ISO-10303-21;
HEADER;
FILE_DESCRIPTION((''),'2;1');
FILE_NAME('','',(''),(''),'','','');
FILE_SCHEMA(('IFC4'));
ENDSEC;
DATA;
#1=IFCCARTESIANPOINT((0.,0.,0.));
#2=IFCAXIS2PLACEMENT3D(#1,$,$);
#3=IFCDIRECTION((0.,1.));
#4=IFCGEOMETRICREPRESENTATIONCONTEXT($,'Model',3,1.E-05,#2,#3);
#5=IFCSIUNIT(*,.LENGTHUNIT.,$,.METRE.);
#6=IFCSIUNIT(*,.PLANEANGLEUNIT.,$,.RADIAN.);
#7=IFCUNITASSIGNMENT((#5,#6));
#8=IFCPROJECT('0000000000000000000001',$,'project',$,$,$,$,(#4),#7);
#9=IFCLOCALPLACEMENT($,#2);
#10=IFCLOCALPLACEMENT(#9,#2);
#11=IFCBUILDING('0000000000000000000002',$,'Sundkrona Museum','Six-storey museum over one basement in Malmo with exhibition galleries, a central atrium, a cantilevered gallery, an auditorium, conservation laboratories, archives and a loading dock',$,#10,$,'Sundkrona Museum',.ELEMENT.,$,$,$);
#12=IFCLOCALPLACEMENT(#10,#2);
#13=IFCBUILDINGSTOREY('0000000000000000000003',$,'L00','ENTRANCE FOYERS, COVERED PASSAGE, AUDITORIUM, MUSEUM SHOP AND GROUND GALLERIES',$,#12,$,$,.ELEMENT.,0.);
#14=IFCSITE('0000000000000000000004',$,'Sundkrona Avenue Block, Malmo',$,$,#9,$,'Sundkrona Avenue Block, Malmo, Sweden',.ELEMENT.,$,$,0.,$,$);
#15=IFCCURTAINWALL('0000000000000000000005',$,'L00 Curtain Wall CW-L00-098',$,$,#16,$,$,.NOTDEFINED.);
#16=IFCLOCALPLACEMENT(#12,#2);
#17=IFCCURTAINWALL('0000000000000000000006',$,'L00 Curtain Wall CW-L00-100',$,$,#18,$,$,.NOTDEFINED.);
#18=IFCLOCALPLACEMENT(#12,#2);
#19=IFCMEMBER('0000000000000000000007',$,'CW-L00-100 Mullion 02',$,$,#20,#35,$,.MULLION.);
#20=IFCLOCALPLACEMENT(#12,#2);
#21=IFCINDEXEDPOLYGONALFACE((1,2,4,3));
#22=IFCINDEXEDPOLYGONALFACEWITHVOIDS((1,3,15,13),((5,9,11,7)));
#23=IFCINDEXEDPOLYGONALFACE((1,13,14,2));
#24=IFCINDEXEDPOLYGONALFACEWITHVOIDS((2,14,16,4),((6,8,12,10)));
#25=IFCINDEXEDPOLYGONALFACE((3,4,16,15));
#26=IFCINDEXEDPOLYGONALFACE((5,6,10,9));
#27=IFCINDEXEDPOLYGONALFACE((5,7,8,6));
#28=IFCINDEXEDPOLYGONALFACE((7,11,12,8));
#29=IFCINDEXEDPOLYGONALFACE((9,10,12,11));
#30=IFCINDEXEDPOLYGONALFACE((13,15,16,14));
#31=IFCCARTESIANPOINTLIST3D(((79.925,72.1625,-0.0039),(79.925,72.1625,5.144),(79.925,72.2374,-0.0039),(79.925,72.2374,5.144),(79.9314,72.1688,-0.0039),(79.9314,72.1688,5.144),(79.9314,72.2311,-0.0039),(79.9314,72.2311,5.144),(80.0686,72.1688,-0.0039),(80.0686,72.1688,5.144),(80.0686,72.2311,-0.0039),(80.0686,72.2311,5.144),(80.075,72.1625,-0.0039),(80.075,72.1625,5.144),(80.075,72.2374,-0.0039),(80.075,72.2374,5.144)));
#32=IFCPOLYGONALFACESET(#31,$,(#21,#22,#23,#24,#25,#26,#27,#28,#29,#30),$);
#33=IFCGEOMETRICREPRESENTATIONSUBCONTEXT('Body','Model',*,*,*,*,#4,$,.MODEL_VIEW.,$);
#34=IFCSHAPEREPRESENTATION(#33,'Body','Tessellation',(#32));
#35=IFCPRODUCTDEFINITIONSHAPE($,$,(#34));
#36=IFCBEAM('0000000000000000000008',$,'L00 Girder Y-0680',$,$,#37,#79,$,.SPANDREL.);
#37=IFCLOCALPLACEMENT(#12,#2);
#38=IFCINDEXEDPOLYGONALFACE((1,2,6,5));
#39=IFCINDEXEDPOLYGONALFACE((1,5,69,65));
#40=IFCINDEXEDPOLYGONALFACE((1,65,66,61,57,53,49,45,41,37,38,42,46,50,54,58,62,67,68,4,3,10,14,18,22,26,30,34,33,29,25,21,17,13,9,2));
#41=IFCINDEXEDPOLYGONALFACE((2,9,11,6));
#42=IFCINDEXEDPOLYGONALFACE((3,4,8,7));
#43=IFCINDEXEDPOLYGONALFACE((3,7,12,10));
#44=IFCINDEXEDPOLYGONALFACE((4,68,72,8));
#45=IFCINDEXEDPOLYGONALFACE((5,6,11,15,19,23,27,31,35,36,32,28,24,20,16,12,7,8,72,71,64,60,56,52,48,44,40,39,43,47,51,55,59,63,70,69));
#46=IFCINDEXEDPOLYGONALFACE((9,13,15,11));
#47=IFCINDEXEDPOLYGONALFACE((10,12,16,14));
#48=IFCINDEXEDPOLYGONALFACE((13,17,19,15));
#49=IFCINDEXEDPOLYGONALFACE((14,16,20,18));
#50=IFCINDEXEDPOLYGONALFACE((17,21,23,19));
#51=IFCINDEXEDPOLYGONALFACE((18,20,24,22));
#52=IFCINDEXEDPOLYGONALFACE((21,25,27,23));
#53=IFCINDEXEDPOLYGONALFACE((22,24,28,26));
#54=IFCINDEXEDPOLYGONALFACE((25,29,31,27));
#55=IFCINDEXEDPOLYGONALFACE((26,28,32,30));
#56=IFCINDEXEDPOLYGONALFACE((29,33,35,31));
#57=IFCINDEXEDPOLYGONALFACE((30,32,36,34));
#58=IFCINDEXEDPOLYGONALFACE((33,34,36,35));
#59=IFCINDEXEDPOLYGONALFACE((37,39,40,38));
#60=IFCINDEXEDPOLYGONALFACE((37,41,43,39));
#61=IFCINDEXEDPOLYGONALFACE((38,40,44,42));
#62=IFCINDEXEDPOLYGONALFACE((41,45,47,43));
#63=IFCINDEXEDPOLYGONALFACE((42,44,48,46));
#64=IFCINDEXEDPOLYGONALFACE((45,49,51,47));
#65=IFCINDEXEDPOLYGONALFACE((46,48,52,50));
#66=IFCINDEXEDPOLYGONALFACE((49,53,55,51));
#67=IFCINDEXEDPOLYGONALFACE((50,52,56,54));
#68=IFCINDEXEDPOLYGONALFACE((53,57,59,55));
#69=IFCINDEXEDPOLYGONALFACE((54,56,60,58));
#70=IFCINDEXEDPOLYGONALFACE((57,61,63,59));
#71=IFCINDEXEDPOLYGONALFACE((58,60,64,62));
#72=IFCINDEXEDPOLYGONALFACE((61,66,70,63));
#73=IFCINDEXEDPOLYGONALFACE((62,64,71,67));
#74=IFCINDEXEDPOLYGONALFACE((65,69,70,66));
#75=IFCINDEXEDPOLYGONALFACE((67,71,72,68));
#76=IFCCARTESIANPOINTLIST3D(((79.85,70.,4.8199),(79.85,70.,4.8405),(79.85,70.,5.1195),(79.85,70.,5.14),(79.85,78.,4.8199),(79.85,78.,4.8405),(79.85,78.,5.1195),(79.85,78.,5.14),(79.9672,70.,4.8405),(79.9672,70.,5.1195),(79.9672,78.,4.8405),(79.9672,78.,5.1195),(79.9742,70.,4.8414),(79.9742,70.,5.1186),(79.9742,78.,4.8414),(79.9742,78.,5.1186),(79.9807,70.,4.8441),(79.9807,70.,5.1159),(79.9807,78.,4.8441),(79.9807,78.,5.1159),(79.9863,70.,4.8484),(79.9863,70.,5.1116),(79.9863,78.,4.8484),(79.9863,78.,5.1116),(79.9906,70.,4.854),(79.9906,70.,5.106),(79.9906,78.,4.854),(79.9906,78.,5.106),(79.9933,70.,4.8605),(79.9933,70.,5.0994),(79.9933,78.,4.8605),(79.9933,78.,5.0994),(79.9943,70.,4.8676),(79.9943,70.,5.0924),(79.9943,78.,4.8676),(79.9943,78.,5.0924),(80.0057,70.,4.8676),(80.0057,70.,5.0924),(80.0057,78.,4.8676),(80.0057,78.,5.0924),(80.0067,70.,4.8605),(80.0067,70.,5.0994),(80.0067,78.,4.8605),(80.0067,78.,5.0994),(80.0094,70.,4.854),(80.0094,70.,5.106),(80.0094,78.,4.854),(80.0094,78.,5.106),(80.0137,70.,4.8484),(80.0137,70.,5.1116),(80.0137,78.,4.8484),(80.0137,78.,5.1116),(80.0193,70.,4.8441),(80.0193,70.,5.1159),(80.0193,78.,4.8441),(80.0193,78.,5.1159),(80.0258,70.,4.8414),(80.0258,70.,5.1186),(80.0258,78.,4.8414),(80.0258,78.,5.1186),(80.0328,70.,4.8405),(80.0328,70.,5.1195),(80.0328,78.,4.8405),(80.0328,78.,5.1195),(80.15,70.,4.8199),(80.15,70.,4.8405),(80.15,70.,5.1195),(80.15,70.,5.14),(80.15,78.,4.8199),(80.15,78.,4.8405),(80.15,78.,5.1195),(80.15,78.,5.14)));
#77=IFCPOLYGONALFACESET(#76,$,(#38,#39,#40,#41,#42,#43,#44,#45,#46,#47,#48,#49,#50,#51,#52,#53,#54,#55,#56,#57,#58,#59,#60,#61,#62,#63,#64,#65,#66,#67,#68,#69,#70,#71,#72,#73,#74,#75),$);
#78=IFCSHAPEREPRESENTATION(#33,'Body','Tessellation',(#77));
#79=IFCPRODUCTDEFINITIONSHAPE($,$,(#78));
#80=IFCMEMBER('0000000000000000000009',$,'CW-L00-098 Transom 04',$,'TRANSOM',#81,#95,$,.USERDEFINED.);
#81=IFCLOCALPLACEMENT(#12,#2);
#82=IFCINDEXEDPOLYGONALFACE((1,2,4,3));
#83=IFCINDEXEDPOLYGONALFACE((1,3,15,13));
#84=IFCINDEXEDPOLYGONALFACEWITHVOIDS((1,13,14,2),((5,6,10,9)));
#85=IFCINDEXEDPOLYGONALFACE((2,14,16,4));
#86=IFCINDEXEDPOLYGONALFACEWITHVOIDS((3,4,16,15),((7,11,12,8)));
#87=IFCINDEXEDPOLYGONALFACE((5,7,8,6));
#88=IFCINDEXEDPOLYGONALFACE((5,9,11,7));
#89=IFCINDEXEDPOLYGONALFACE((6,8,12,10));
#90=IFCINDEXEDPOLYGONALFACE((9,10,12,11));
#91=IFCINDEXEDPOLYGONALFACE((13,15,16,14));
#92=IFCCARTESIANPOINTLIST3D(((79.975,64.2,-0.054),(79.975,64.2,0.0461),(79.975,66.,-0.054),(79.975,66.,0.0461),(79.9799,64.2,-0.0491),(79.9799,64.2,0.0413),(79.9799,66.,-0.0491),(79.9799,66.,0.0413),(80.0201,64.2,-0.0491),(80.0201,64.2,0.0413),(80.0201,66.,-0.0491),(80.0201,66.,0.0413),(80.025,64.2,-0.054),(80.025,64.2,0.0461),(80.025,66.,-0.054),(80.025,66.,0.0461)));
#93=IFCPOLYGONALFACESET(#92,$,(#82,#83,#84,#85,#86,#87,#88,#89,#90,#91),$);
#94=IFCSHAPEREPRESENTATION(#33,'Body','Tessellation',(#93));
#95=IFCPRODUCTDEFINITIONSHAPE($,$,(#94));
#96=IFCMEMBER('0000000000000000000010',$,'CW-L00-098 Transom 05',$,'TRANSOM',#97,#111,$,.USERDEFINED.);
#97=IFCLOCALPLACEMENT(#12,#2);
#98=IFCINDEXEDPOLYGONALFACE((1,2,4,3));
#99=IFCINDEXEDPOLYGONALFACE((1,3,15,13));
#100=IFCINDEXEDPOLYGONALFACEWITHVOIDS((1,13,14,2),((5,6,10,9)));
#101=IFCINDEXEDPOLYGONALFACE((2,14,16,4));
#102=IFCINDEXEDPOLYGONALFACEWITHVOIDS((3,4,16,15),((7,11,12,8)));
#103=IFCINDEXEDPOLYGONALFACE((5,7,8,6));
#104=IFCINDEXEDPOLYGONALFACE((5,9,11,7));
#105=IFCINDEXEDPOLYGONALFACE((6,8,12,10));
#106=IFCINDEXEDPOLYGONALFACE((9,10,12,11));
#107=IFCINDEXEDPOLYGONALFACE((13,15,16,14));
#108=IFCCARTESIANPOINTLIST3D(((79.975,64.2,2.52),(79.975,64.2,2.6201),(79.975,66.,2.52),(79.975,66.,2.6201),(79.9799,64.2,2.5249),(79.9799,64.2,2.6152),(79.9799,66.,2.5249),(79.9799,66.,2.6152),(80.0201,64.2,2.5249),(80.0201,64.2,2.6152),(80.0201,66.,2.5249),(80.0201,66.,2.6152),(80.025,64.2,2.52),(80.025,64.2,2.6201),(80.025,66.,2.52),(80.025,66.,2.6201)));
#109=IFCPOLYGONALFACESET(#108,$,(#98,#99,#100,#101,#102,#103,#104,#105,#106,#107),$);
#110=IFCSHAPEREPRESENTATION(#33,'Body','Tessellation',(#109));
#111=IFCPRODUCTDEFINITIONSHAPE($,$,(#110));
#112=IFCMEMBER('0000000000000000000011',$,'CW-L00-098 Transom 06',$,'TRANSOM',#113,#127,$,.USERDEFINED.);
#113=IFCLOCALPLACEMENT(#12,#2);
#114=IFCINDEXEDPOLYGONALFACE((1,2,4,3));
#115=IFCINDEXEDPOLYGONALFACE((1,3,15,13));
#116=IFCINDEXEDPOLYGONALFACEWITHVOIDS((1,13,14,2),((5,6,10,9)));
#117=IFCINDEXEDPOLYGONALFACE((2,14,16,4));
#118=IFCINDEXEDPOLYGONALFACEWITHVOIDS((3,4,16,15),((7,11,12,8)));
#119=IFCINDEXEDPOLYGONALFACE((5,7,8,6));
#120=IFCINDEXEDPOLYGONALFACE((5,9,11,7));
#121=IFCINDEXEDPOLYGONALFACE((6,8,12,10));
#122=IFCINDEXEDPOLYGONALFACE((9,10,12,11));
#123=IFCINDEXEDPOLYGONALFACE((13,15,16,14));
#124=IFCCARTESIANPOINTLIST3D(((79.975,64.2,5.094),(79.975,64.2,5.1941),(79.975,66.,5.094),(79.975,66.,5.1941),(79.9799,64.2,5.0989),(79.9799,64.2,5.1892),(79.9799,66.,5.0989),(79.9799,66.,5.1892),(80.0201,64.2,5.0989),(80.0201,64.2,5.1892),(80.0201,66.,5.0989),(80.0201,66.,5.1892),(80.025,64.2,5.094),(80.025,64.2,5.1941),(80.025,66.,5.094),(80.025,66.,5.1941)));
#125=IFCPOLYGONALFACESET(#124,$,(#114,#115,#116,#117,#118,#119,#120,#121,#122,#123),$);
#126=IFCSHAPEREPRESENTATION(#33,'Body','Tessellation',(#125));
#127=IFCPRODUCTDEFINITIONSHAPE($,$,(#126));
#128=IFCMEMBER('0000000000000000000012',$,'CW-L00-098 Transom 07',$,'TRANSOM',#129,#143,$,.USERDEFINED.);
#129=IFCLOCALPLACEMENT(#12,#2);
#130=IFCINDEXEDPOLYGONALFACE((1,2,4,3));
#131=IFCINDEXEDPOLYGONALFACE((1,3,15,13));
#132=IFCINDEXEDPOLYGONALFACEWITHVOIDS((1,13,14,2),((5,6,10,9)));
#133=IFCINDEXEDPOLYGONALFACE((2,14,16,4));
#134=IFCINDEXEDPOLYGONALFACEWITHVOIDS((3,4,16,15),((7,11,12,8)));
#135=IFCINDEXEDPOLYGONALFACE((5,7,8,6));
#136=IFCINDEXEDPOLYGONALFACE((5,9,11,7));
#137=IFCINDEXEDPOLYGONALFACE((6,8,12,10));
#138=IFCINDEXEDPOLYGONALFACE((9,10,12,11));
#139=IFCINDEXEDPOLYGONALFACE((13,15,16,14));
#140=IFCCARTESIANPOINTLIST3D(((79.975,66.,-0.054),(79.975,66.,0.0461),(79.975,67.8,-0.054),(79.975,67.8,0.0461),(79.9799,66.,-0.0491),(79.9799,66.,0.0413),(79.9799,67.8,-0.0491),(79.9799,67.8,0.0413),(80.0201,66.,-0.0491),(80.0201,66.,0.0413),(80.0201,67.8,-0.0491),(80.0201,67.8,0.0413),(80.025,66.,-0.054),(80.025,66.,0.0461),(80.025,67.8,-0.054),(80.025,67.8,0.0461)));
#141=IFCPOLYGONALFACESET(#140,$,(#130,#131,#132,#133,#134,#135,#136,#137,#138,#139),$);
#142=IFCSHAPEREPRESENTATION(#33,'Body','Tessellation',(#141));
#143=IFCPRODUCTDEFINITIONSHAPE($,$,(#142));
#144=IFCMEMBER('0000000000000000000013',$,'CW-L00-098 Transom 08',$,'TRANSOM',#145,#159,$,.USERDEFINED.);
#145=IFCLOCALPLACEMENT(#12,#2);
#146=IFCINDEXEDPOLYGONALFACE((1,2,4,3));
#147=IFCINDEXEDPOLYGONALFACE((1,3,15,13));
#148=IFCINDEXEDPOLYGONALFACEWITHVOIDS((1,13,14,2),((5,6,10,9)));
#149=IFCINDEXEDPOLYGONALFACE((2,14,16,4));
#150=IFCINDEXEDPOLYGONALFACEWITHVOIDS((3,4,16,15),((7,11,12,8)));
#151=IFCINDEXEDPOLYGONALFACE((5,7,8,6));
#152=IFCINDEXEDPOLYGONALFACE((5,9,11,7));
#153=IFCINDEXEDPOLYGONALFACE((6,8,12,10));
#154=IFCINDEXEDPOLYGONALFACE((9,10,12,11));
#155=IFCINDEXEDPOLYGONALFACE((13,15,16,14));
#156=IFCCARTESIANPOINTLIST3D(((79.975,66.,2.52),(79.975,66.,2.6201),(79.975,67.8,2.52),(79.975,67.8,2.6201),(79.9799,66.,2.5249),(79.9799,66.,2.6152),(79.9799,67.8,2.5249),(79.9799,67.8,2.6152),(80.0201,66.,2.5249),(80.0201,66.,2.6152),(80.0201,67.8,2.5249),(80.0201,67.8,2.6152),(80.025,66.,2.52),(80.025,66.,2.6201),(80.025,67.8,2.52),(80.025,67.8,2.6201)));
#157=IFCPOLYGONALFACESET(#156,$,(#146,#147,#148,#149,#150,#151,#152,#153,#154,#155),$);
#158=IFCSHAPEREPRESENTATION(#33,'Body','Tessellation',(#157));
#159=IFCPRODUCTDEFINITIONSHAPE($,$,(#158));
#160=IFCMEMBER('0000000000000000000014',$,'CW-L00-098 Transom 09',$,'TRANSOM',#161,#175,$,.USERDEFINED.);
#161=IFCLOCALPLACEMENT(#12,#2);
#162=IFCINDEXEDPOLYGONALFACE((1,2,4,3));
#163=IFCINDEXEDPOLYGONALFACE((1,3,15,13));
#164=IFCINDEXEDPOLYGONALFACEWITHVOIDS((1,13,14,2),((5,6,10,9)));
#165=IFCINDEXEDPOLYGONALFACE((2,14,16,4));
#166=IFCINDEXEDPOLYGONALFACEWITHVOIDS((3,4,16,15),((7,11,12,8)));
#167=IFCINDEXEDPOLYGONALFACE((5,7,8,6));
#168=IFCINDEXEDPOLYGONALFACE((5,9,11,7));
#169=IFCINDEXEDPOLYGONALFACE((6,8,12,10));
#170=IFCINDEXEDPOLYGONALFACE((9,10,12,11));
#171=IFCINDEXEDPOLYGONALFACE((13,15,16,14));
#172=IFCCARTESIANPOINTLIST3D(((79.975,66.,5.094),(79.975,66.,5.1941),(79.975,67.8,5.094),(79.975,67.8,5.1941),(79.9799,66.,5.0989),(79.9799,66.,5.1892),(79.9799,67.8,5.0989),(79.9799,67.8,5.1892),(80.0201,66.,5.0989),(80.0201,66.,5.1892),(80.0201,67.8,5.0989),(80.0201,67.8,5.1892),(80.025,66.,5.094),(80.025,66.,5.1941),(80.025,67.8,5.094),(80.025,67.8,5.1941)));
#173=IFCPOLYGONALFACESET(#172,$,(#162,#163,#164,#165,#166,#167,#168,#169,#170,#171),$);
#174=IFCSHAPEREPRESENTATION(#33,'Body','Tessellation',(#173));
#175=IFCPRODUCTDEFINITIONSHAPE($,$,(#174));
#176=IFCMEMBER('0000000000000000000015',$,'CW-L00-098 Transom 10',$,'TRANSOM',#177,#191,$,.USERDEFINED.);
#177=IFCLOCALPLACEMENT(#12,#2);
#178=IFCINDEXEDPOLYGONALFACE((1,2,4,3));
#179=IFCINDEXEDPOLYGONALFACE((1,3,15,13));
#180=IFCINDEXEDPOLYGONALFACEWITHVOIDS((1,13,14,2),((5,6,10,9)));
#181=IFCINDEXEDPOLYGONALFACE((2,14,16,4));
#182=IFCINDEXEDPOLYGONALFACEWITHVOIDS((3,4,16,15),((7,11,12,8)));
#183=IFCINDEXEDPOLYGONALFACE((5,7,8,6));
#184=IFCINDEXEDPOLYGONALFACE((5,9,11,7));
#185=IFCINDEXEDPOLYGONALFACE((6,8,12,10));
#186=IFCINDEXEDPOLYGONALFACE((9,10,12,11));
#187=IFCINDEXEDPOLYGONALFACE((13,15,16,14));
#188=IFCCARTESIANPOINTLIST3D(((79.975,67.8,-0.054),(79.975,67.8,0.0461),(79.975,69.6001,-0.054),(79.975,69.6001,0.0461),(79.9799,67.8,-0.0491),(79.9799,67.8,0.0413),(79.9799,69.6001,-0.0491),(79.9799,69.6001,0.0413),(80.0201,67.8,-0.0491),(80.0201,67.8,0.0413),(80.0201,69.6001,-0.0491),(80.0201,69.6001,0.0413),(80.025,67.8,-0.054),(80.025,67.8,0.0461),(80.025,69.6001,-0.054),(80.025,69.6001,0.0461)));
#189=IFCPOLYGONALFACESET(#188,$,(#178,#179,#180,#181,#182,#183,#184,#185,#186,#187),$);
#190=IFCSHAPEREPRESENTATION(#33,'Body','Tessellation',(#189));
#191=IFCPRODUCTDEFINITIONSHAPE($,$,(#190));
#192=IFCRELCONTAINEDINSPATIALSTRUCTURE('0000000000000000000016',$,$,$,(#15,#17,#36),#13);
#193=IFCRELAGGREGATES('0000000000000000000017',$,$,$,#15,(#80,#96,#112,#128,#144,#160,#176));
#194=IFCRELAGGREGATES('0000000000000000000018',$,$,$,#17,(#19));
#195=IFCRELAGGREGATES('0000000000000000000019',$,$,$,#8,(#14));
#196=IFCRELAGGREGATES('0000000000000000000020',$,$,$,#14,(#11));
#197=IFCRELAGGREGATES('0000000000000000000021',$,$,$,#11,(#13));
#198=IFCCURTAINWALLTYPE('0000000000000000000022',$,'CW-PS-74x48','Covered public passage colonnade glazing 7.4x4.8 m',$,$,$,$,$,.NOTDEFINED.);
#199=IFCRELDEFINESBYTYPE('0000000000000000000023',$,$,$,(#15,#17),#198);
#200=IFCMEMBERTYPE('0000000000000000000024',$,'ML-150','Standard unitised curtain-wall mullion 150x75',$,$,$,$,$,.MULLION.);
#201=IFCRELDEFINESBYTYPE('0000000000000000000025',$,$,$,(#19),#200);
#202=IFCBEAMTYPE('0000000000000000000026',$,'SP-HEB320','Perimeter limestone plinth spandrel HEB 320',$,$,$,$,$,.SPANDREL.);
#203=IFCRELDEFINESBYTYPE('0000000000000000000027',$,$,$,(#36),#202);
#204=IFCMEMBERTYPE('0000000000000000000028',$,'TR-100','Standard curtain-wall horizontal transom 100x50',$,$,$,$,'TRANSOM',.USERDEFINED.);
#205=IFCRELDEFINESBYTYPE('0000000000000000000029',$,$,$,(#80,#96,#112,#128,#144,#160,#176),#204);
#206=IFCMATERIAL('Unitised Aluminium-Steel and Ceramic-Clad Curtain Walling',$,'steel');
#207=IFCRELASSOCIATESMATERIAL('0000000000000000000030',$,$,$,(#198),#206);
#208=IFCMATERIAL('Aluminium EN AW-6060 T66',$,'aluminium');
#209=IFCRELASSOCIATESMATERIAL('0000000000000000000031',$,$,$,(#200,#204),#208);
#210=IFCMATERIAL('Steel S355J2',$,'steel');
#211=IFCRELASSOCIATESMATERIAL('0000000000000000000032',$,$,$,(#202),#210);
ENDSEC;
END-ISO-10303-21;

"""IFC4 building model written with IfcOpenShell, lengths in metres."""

from ifc_helpers import new_model, si_unit, direction, frame, origin, origin_2d, place, context, subcontext, project, spatial, hollow_rectangle, i_section, extrude, material, material_profile, profile_set, type_object, element, aggregate, save


model = new_model("IFC4")

# Units and contexts
model_context = context("Model", 3, precision=1e-05, world=origin(), true_north=direction((0.0, 1.0)))
body_context = subcontext(model_context, "Body", "Model", "MODEL_VIEW")
ifc_project = project(units=[si_unit("LENGTHUNIT", "METRE"), si_unit("PLANEANGLEUNIT", "RADIAN")], contexts=[model_context])

# Site, building, storey
site_placement = place(None, origin())
site = spatial("IfcSite", under=ifc_project, at=site_placement, Name="Sundkrona Avenue Block, Malmo", LongName="Sundkrona Avenue Block, Malmo, Sweden", CompositionType="ELEMENT", RefElevation=0.0)
building_placement = place(site_placement, origin())
building = spatial("IfcBuilding", under=site, at=building_placement, Name="Sundkrona Museum", Description="Six-storey museum over one basement in Malmo with exhibition galleries, a central atrium, a cantilevered gallery, an auditorium, conservation laboratories, archives and a loading dock", LongName="Sundkrona Museum", CompositionType="ELEMENT")
storey_placement = place(building_placement, origin())
storey = spatial("IfcBuildingStorey", under=building, at=storey_placement, Name="L00", Description="ENTRANCE FOYERS, COVERED PASSAGE, AUDITORIUM, MUSEUM SHOP AND GROUND GALLERIES", CompositionType="ELEMENT", Elevation=0.0)

# Shared definitions
ifc_material_1 = material(Name="Steel S355J2", Category="steel")

# Curtain walls, member
ifc_material_2 = material(Name="Unitised Aluminium-Steel and Ceramic-Clad Curtain Walling", Category="steel")
curtain_wall_type = type_object("IfcCurtainWallType", Name="CW-PS-74x48", Description="Covered public passage colonnade glazing 7.4x4.8 m", PredefinedType="NOTDEFINED", material=ifc_material_2)
curtain_wall_1_placement = place(storey_placement, origin())
curtain_wall_1 = element("IfcCurtainWall", 1, at=curtain_wall_1_placement, inside=storey, type_object=curtain_wall_type, Name="L00 Curtain Wall CW-L00-098", PredefinedType="NOTDEFINED")
ifc_material_3 = material(Name="Aluminium EN AW-6060 T66", Category="aluminium")
ifc_material_profile_1 = material_profile(ifc_material_3, hollow_rectangle(XDim=0.075, YDim=0.1499, WallThickness=0.0063, at=origin_2d()), Name="RHS 150x75x6.3")
ifc_profile_set_1 = profile_set([ifc_material_profile_1], Name="Aluminium EN AW-6060 T66")
member_type_1 = type_object("IfcMemberType", Name="ML-150", Description="Standard unitised curtain-wall mullion 150x75", PredefinedType="MULLION", material=ifc_profile_set_1)
curtain_wall_2_placement = place(storey_placement, origin())
curtain_wall_2 = element("IfcCurtainWall", 2, at=curtain_wall_2_placement, inside=storey, type_object=curtain_wall_type, Name="L00 Curtain Wall CW-L00-100", PredefinedType="NOTDEFINED")
member_1_placement = place(storey_placement, frame((80.0, 72.2, -0.0039), z_axis=(0.0, 0.0, 1.0), x_axis=(0.0, 1.0, 0.0)))
member_1 = element("IfcMember", 3, at=member_1_placement, type_object=member_type_1, Name="CW-L00-100 Mullion 02", PredefinedType="MULLION", context=body_context, shape_type="SweptSolid", body=[
    extrude(hollow_rectangle(XDim=0.075, YDim=0.1499, WallThickness=0.0063, at=origin_2d()), origin(), (0.0, 0.0, 1.0), 5.1479),
])

# Beam
ifc_material_profile_2 = material_profile(ifc_material_1, i_section(OverallWidth=0.3, OverallDepth=0.3201, WebThickness=0.0115, FlangeThickness=0.0205, FilletRadius=0.0271, at=origin_2d()), Name="HEB 320")
ifc_profile_set_2 = profile_set([ifc_material_profile_2], Name="Steel S355J2")
beam_type_1 = type_object("IfcBeamType", Name="SP-HEB320", Description="Perimeter limestone plinth spandrel HEB 320", PredefinedType="SPANDREL", material=ifc_profile_set_2)
beam_1_placement = place(storey_placement, frame((80.0, 70.0, 4.98), z_axis=(0.0, 1.0, 0.0), x_axis=(-1.0, 0.0, 0.0)))
element("IfcBeam", 4, at=beam_1_placement, inside=storey, type_object=beam_type_1, Name="L00 Girder Y-0680", PredefinedType="SPANDREL", context=body_context, shape_type="SweptSolid", body=[
    extrude(i_section(OverallWidth=0.3, OverallDepth=0.3201, WebThickness=0.0115, FlangeThickness=0.0205, FilletRadius=0.0271, at=origin_2d()), origin(), (0.0, 0.0, 1.0), 8.0),
])

# Members
ifc_material_profile_3 = material_profile(ifc_material_3, hollow_rectangle(XDim=0.05, YDim=0.1001, WallThickness=0.0049, at=origin_2d()), Name="RHS 100x50x5.0")
ifc_profile_set_3 = profile_set([ifc_material_profile_3], Name="Aluminium EN AW-6060 T66")
member_type_2 = type_object("IfcMemberType", Name="TR-100", Description="Standard curtain-wall horizontal transom 100x50", ElementType="TRANSOM", PredefinedType="USERDEFINED", material=ifc_profile_set_3)
member_2_placement = place(storey_placement, frame((80.0, 64.2, -0.0039), z_axis=(0.0, 1.0, 0.0), x_axis=(-1.0, 0.0, 0.0)))
member_2 = element("IfcMember", 5, at=member_2_placement, type_object=member_type_2, Name="CW-L00-098 Transom 04", ObjectType="TRANSOM", PredefinedType="USERDEFINED", context=body_context, shape_type="SweptSolid", body=[
    extrude(hollow_rectangle(XDim=0.05, YDim=0.1001, WallThickness=0.0049, at=origin_2d()), origin(), (0.0, 0.0, 1.0), 1.8),
])
member_3_placement = place(storey_placement, frame((80.0, 64.2, 2.5701), z_axis=(0.0, 1.0, 0.0), x_axis=(-1.0, 0.0, 0.0)))
member_3 = element("IfcMember", 6, at=member_3_placement, type_object=member_type_2, Name="CW-L00-098 Transom 05", ObjectType="TRANSOM", PredefinedType="USERDEFINED", context=body_context, shape_type="SweptSolid", body=[
    extrude(hollow_rectangle(XDim=0.05, YDim=0.1001, WallThickness=0.0049, at=origin_2d()), origin(), (0.0, 0.0, 1.0), 1.8),
])
member_4_placement = place(storey_placement, frame((80.0, 64.2, 5.144), z_axis=(0.0, 1.0, 0.0), x_axis=(-1.0, 0.0, 0.0)))
member_4 = element("IfcMember", 7, at=member_4_placement, type_object=member_type_2, Name="CW-L00-098 Transom 06", ObjectType="TRANSOM", PredefinedType="USERDEFINED", context=body_context, shape_type="SweptSolid", body=[
    extrude(hollow_rectangle(XDim=0.05, YDim=0.1001, WallThickness=0.0049, at=origin_2d()), origin(), (0.0, 0.0, 1.0), 1.8),
])
member_5_placement = place(storey_placement, frame((80.0, 66.0, -0.0039), z_axis=(0.0, 1.0, 0.0), x_axis=(-1.0, 0.0, 0.0)))
member_5 = element("IfcMember", 8, at=member_5_placement, type_object=member_type_2, Name="CW-L00-098 Transom 07", ObjectType="TRANSOM", PredefinedType="USERDEFINED", context=body_context, shape_type="SweptSolid", body=[
    extrude(hollow_rectangle(XDim=0.05, YDim=0.1001, WallThickness=0.0049, at=origin_2d()), origin(), (0.0, 0.0, 1.0), 1.8),
])
member_6_placement = place(storey_placement, frame((80.0, 66.0, 2.5701), z_axis=(0.0, 1.0, 0.0), x_axis=(-1.0, 0.0, 0.0)))
member_6 = element("IfcMember", 9, at=member_6_placement, type_object=member_type_2, Name="CW-L00-098 Transom 08", ObjectType="TRANSOM", PredefinedType="USERDEFINED", context=body_context, shape_type="SweptSolid", body=[
    extrude(hollow_rectangle(XDim=0.05, YDim=0.1001, WallThickness=0.0049, at=origin_2d()), origin(), (0.0, 0.0, 1.0), 1.8),
])
member_7_placement = place(storey_placement, frame((80.0, 66.0, 5.144), z_axis=(0.0, 1.0, 0.0), x_axis=(-1.0, 0.0, 0.0)))
member_7 = element("IfcMember", 10, at=member_7_placement, type_object=member_type_2, Name="CW-L00-098 Transom 09", ObjectType="TRANSOM", PredefinedType="USERDEFINED", context=body_context, shape_type="SweptSolid", body=[
    extrude(hollow_rectangle(XDim=0.05, YDim=0.1001, WallThickness=0.0049, at=origin_2d()), origin(), (0.0, 0.0, 1.0), 1.8),
])
member_8_placement = place(storey_placement, frame((80.0, 67.8, -0.0039), z_axis=(0.0, 1.0, 0.0), x_axis=(-1.0, 0.0, 0.0)))
member_8 = element("IfcMember", 11, at=member_8_placement, type_object=member_type_2, Name="CW-L00-098 Transom 10", ObjectType="TRANSOM", PredefinedType="USERDEFINED", context=body_context, shape_type="SweptSolid", body=[
    extrude(hollow_rectangle(XDim=0.05, YDim=0.1001, WallThickness=0.0049, at=origin_2d()), origin(), (0.0, 0.0, 1.0), 1.8),
])

aggregate(curtain_wall_1, [member_2, member_3, member_4, member_5, member_6, member_7, member_8])
aggregate(curtain_wall_2, [member_1])

save(model, "model.ifc")
